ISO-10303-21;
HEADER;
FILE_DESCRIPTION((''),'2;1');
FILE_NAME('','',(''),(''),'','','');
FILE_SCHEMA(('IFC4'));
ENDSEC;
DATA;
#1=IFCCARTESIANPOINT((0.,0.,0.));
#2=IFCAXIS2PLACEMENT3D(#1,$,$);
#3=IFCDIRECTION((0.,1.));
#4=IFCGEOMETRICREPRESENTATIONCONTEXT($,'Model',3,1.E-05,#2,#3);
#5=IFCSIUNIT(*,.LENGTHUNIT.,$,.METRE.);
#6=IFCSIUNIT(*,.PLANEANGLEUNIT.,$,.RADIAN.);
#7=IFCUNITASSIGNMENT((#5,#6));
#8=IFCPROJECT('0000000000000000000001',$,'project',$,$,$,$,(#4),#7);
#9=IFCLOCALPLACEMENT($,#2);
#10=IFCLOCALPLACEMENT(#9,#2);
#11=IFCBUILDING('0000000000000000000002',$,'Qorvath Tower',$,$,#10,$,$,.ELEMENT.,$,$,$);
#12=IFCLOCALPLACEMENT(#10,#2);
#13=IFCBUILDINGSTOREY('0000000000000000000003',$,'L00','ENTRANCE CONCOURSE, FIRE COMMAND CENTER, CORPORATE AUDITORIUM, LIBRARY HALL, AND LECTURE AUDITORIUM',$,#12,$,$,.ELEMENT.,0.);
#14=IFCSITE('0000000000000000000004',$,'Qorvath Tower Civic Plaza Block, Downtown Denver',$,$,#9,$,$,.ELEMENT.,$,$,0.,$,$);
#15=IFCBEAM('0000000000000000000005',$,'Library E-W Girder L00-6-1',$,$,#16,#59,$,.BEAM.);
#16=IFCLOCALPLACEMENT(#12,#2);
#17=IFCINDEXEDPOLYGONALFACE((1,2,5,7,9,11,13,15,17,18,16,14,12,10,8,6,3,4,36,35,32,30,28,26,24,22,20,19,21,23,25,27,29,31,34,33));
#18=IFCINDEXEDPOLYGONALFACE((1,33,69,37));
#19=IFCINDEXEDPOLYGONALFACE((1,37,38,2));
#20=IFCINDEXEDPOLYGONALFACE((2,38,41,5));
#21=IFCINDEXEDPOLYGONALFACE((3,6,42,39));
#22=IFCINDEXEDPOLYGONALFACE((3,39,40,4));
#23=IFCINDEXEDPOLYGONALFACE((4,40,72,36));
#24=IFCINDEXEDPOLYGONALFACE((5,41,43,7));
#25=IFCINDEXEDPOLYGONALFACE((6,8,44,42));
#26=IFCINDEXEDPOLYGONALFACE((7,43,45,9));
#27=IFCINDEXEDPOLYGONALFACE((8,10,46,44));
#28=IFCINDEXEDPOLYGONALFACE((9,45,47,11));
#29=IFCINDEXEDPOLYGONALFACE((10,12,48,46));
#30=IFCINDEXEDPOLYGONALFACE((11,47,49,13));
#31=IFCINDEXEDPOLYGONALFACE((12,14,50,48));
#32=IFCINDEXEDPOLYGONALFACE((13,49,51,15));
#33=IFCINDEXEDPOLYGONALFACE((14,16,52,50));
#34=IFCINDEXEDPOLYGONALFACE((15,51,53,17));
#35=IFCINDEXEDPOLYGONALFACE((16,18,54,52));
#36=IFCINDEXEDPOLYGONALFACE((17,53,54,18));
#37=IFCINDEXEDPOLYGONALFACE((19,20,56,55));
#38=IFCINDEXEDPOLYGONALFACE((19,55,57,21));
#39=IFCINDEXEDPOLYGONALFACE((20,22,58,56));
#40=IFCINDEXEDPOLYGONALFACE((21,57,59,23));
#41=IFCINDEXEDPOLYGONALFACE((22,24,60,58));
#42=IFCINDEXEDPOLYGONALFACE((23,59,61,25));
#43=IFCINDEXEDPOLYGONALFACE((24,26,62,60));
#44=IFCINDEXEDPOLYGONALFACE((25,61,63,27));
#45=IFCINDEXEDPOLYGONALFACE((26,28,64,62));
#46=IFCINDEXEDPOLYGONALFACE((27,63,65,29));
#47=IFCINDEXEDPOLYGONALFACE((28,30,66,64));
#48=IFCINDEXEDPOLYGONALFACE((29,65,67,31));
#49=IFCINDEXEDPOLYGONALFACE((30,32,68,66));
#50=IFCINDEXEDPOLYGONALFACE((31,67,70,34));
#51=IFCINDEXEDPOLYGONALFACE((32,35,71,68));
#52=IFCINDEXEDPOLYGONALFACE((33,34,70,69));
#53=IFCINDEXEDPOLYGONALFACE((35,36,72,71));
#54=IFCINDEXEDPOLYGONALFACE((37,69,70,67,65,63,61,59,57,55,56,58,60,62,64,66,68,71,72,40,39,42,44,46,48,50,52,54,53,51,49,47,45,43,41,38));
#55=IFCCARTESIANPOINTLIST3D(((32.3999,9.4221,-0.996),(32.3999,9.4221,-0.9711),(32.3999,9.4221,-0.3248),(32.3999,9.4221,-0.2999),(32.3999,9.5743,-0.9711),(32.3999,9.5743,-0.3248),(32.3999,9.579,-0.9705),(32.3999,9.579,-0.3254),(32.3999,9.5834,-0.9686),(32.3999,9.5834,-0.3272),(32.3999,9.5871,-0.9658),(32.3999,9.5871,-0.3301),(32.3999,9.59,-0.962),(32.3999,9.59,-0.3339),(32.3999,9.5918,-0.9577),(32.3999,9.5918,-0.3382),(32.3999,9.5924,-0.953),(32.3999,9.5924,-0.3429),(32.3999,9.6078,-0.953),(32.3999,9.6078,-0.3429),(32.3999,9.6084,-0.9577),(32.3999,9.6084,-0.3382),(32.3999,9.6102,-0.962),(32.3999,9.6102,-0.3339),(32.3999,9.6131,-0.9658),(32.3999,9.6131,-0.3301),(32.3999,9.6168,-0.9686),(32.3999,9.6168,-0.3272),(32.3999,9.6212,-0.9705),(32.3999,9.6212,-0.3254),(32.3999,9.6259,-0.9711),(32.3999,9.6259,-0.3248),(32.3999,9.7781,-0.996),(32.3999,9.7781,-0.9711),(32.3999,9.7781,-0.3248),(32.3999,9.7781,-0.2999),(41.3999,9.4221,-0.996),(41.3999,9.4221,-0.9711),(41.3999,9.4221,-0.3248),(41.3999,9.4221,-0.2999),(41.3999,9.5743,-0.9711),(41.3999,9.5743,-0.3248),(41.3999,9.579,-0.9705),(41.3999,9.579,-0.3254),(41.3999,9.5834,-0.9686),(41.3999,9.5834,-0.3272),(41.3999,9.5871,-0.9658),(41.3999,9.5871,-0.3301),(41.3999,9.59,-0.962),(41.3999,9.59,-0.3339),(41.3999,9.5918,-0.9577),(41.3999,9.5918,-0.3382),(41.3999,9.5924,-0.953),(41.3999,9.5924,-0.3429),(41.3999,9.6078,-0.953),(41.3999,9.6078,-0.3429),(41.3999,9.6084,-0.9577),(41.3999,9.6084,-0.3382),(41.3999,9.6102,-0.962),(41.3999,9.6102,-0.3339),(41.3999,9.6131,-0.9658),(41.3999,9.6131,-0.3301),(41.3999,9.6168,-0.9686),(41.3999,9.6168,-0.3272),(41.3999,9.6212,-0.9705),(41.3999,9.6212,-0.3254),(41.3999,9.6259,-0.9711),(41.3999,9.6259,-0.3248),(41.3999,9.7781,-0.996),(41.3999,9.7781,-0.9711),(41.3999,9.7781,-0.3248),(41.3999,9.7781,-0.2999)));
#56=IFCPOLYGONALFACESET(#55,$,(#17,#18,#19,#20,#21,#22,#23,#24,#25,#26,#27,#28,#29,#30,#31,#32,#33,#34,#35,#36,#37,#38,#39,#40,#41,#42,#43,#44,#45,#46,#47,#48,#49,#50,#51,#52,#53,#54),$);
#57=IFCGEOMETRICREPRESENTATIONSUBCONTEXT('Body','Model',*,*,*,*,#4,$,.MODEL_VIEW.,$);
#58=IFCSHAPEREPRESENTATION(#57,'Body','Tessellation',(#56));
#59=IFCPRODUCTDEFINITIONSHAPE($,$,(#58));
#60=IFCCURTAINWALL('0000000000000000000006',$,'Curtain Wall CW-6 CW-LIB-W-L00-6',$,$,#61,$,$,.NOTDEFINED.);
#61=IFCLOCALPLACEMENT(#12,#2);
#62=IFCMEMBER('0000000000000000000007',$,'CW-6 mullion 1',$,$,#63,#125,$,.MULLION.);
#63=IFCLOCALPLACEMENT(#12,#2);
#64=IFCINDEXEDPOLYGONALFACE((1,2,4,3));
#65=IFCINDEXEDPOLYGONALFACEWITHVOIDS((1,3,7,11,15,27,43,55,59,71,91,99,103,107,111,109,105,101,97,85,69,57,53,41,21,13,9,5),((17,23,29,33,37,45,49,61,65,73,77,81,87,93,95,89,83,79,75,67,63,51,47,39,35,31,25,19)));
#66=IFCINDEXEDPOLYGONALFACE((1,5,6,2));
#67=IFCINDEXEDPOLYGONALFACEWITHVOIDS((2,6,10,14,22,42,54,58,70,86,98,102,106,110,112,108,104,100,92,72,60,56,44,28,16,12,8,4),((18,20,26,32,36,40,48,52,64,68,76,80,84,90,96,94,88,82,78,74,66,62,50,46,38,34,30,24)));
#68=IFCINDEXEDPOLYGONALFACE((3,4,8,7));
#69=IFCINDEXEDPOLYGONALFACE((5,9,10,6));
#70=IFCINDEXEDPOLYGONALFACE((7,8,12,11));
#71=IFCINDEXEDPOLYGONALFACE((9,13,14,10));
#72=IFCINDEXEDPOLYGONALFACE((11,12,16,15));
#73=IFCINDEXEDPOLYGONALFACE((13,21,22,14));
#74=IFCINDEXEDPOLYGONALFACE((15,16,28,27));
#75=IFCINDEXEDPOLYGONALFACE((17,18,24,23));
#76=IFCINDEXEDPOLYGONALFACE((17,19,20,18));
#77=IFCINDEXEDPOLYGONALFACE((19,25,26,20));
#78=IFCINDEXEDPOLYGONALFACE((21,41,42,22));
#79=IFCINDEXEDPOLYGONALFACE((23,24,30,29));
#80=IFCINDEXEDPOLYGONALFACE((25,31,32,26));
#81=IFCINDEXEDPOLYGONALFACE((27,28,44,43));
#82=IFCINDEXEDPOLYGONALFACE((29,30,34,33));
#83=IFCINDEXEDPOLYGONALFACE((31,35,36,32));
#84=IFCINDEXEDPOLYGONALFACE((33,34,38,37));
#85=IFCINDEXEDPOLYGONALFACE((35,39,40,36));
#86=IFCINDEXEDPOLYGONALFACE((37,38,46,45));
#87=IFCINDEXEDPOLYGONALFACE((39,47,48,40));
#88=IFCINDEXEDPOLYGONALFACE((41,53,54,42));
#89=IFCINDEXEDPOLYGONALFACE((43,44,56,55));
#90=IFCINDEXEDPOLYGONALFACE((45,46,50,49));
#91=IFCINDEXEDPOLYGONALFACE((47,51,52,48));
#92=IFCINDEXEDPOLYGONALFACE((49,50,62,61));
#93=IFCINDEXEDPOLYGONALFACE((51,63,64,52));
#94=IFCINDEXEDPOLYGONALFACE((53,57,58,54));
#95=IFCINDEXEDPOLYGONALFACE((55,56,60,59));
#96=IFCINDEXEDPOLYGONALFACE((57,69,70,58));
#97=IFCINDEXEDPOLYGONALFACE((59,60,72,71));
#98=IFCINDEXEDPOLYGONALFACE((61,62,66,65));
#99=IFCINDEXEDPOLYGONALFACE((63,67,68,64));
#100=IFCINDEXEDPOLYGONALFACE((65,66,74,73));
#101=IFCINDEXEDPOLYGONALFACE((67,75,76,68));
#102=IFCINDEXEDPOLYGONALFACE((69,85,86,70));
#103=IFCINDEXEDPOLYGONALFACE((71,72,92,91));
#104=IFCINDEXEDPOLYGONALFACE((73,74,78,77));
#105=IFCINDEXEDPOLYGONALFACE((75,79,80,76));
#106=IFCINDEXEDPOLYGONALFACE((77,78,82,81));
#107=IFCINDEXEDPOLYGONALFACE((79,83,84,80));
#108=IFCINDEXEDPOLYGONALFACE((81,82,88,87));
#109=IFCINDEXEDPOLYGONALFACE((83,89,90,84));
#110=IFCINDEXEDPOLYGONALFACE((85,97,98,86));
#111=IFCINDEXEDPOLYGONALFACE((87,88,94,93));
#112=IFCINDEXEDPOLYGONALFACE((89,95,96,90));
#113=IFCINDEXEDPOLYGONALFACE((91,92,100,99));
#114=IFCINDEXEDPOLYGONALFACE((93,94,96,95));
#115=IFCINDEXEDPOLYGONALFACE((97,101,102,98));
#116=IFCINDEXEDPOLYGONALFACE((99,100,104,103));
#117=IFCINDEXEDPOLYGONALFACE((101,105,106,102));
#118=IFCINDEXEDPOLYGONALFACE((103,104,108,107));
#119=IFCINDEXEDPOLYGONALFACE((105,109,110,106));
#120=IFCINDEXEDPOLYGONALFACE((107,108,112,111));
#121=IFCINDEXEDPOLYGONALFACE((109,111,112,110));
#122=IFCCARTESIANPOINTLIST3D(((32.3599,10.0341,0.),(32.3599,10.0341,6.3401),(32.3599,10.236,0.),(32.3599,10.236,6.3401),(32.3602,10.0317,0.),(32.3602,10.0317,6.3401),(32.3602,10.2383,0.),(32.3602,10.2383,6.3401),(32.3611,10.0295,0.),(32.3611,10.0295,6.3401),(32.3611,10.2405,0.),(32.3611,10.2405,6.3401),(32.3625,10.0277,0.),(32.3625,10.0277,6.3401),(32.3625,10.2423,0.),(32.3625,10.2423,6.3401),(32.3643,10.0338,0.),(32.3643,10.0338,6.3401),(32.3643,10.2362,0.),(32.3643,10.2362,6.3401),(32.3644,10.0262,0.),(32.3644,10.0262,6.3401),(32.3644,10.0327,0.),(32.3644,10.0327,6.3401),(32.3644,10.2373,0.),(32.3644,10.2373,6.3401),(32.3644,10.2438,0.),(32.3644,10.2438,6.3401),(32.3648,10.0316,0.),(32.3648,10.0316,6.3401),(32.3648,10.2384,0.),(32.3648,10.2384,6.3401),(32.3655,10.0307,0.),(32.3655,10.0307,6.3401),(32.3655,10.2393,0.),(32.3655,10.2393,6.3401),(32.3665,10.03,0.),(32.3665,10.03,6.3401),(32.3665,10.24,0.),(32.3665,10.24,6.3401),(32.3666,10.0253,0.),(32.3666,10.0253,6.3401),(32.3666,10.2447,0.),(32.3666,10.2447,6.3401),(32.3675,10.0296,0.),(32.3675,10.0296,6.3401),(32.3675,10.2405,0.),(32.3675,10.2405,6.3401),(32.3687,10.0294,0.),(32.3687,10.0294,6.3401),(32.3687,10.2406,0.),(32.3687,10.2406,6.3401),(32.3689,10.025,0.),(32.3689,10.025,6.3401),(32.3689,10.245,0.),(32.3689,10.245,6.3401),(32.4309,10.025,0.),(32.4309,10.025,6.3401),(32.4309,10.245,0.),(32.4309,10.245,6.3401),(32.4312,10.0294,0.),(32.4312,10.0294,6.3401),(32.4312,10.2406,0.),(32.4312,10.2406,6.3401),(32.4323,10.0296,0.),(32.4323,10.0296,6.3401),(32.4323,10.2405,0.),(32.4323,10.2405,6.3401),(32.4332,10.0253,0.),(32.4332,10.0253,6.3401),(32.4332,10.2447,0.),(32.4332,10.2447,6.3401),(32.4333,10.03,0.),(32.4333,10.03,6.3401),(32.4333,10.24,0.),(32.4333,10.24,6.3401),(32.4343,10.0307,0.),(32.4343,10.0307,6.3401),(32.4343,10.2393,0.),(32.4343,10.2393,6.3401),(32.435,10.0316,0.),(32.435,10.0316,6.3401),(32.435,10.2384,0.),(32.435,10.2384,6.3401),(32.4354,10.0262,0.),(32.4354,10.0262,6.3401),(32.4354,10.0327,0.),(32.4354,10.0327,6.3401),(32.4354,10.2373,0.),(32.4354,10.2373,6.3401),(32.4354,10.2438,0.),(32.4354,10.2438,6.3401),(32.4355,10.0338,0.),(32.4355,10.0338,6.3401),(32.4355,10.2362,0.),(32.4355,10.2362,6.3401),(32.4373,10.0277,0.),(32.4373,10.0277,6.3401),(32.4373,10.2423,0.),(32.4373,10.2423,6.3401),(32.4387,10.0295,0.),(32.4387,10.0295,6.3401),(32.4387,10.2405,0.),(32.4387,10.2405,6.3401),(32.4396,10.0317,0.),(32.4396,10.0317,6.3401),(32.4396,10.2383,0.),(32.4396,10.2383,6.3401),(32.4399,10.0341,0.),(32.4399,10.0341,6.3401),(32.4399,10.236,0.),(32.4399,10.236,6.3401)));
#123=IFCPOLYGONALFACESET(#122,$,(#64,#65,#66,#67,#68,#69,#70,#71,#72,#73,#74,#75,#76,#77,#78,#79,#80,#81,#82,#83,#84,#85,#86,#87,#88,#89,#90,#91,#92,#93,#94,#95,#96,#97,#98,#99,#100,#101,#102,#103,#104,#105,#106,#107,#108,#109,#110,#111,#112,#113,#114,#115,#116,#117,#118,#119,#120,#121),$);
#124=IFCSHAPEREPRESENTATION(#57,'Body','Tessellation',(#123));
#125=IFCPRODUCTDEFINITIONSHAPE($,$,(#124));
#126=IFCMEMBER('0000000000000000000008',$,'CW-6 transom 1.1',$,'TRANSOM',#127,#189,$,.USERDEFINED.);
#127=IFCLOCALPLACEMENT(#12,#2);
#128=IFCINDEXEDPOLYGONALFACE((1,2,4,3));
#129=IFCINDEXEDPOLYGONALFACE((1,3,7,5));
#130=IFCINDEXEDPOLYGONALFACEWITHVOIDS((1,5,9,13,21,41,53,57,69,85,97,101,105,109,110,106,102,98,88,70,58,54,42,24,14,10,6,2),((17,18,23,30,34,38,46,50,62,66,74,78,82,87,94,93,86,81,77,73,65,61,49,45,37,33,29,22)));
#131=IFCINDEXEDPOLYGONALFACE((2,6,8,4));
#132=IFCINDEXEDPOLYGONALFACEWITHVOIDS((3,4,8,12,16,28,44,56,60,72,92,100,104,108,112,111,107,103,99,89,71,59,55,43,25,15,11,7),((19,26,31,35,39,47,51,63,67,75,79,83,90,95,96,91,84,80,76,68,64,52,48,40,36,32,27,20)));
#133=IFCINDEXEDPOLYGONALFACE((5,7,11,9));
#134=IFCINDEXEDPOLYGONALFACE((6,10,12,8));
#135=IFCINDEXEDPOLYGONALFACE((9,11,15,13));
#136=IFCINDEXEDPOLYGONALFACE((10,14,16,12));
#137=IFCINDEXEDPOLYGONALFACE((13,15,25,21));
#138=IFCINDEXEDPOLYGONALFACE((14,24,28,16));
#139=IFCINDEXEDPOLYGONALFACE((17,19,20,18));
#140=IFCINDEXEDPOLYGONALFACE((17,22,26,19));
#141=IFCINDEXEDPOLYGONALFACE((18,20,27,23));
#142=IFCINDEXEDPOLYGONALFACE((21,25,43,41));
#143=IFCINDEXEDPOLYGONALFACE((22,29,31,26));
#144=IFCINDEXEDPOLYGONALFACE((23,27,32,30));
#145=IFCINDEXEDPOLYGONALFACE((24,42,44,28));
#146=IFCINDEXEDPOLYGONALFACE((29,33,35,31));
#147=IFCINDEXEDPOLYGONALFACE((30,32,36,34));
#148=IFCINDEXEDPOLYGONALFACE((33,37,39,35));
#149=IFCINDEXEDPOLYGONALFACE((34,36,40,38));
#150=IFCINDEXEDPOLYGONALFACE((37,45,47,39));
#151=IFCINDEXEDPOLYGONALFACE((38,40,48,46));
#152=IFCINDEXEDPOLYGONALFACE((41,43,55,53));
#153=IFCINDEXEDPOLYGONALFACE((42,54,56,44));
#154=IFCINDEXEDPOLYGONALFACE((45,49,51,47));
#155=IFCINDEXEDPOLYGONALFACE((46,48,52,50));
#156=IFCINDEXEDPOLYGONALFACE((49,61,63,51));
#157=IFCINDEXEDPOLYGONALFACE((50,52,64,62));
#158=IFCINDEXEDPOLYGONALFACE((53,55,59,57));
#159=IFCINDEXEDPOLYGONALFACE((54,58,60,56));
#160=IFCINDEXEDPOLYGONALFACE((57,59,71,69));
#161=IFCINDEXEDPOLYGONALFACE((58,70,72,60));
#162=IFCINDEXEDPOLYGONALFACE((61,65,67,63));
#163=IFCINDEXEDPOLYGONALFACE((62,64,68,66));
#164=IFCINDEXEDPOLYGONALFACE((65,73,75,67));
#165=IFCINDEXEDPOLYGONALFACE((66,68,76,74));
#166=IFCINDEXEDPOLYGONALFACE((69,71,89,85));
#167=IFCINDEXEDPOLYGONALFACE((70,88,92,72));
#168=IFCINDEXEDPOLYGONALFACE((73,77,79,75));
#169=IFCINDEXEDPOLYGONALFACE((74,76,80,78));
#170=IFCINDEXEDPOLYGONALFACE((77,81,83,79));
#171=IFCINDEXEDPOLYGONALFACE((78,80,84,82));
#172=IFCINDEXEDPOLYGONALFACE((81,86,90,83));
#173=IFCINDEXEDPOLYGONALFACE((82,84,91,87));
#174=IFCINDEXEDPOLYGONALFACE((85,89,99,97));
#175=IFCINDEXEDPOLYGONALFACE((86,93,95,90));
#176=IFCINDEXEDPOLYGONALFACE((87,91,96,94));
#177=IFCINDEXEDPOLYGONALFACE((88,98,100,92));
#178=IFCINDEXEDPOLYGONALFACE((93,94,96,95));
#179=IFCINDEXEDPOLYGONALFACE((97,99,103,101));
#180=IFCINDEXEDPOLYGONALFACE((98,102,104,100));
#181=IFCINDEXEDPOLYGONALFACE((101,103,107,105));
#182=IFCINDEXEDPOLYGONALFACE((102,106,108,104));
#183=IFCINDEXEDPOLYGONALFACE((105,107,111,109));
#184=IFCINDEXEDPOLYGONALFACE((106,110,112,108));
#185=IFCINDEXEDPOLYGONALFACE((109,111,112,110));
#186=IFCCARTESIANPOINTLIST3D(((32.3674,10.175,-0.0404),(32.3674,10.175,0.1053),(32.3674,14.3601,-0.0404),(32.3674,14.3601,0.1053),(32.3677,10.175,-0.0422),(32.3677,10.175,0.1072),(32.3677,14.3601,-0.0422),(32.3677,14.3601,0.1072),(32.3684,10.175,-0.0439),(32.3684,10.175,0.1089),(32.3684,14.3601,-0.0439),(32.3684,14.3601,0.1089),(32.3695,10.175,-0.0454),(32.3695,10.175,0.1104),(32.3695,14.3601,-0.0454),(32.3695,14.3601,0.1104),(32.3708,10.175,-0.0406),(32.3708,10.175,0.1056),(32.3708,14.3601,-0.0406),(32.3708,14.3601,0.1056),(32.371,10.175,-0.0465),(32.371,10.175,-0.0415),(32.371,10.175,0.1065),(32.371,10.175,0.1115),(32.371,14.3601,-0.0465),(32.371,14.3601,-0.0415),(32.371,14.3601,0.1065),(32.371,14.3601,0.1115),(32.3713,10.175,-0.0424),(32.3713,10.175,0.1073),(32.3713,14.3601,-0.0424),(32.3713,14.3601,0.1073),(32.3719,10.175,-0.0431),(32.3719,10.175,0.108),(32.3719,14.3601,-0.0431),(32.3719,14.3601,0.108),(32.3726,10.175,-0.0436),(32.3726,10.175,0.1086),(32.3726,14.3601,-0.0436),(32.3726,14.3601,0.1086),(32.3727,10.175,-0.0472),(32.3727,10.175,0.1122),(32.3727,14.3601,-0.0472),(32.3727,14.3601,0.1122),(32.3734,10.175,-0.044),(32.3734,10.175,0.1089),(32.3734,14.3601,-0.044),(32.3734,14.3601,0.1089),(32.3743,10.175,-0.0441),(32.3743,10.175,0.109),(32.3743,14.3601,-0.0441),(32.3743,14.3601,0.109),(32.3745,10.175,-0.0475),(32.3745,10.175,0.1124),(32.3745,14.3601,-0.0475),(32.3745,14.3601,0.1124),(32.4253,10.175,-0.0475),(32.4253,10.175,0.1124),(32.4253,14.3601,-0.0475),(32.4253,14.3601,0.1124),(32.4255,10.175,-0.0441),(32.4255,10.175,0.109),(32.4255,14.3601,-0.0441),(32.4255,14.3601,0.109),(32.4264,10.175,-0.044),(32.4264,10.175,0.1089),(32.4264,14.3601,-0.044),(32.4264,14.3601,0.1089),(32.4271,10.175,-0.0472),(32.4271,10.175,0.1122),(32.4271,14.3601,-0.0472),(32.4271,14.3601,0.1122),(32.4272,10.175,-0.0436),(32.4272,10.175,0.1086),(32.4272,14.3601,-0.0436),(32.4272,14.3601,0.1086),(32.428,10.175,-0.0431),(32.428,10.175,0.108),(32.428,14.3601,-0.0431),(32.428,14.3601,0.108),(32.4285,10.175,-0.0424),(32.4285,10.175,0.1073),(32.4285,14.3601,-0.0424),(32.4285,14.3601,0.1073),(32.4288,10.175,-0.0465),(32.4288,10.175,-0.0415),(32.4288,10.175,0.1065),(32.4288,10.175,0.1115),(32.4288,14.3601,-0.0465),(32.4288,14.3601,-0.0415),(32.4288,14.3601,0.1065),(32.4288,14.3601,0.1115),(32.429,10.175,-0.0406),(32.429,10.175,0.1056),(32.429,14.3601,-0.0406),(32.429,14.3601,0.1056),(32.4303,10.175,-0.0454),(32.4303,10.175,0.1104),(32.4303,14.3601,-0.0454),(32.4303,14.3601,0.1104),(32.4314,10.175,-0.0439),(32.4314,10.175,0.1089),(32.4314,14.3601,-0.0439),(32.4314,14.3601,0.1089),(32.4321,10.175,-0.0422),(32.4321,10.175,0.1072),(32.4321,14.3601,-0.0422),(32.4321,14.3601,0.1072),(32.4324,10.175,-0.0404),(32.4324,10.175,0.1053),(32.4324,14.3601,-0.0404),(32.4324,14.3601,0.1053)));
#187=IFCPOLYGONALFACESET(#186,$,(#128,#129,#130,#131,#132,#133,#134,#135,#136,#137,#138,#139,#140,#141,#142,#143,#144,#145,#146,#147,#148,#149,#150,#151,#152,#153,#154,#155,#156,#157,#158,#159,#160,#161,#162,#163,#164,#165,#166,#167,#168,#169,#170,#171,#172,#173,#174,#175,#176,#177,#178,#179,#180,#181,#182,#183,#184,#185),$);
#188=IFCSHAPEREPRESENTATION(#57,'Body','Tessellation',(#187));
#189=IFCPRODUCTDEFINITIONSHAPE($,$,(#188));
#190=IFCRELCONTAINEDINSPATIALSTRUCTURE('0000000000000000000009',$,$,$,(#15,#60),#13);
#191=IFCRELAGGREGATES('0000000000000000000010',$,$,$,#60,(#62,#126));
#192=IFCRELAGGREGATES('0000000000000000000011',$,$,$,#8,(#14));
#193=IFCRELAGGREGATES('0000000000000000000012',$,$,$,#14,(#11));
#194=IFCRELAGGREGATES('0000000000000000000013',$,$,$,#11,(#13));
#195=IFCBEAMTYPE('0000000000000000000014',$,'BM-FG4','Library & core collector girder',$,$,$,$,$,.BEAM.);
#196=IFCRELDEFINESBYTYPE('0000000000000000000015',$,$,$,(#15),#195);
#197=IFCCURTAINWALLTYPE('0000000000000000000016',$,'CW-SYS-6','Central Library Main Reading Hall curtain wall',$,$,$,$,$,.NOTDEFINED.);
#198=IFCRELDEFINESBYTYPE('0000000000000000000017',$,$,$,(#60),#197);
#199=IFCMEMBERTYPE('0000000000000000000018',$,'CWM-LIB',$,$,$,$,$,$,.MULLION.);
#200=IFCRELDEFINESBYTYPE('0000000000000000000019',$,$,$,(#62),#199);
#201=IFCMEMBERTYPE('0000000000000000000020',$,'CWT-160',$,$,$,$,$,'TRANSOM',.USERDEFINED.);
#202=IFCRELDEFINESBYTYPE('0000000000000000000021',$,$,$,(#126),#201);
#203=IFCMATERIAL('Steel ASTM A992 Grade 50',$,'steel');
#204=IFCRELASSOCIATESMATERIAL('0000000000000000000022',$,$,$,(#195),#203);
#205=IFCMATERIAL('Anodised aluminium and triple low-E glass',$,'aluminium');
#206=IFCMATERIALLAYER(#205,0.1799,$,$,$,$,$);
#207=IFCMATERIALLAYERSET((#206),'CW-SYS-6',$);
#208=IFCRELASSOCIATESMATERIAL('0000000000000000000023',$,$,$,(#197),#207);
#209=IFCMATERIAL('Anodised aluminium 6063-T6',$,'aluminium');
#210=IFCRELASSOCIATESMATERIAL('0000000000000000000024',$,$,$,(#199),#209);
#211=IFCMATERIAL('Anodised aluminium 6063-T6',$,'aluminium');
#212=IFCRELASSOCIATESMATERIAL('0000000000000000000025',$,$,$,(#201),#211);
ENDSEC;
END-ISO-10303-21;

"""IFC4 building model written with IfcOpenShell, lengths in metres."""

from ifc_helpers import new_model, si_unit, direction, frame, origin, origin_2d, place, context, subcontext, project, spatial, hollow_rectangle, i_section, extrude, material, layer, layer_set, material_profile, profile_set, type_object, element, aggregate, save


model = new_model("IFC4")

# Units and contexts
model_context = context("Model", 3, precision=1e-05, world=origin(), true_north=direction((0.0, 1.0)))
body_context = subcontext(model_context, "Body", "Model", "MODEL_VIEW")
ifc_project = project(units=[si_unit("LENGTHUNIT", "METRE"), si_unit("PLANEANGLEUNIT", "RADIAN")], contexts=[model_context])

# Site, building, storey
site_placement = place(None, origin())
site = spatial("IfcSite", under=ifc_project, at=site_placement, Name="Qorvath Tower Civic Plaza Block, Downtown Denver", CompositionType="ELEMENT", RefElevation=0.0)
building_placement = place(site_placement, origin())
building = spatial("IfcBuilding", under=site, at=building_placement, Name="Qorvath Tower", CompositionType="ELEMENT")
storey_placement = place(building_placement, origin())
storey = spatial("IfcBuildingStorey", under=building, at=storey_placement, Name="L00", Description="ENTRANCE CONCOURSE, FIRE COMMAND CENTER, CORPORATE AUDITORIUM, LIBRARY HALL, AND LECTURE AUDITORIUM", CompositionType="ELEMENT", Elevation=0.0)

# Beam
ifc_material_1 = material(Name="Steel ASTM A992 Grade 50", Category="steel")
ifc_material_profile_1 = material_profile(ifc_material_1, i_section(OverallWidth=0.356, OverallDepth=0.696, WebThickness=0.0154, FlangeThickness=0.0249, FilletRadius=0.0181, at=origin_2d()), Name="W27x146")
ifc_profile_set_1 = profile_set([ifc_material_profile_1], Name="Steel ASTM A992 Grade 50")
beam_type_1 = type_object("IfcBeamType", Name="BM-FG4", Description="Library & core collector girder", PredefinedType="BEAM", material=ifc_profile_set_1)
for number, where, z_axis, x_axis, name in (
    (1, (32.3999, 9.6001, -0.6479), (1.0, 0.0, 0.0), (0.0, 1.0, 0.0), "Library E-W Girder L00-6-1"),
):
    element("IfcBeam", number, at=place(storey_placement, frame(where, z_axis=z_axis, x_axis=x_axis)), inside=storey, type_object=beam_type_1, Name=name, PredefinedType="BEAM", context=body_context, shape_type="SweptSolid", body=[
        extrude(i_section(OverallWidth=0.356, OverallDepth=0.696, WebThickness=0.0154, FlangeThickness=0.0249, FilletRadius=0.0181, at=origin_2d()), origin(), (0.0, 0.0, 1.0), 9.0),
    ])

# Curtain wall, members
ifc_material_2 = material(Name="Anodised aluminium and triple low-E glass", Category="aluminium")
ifc_layer_1 = layer(ifc_material_2, 0.1799)
ifc_layer_set_1 = layer_set([ifc_layer_1], Name="CW-SYS-6")
curtain_wall_type = type_object("IfcCurtainWallType", Name="CW-SYS-6", Description="Central Library Main Reading Hall curtain wall", PredefinedType="NOTDEFINED", material=ifc_layer_set_1)
curtain_wall_placement = place(storey_placement, origin())
curtain_wall = element("IfcCurtainWall", 2, at=curtain_wall_placement, inside=storey, type_object=curtain_wall_type, Name="Curtain Wall CW-6 CW-LIB-W-L00-6", PredefinedType="NOTDEFINED")
ifc_material_3 = material(Name="Anodised aluminium 6063-T6", Category="aluminium")
ifc_material_profile_2 = material_profile(ifc_material_3, hollow_rectangle(XDim=0.0801, YDim=0.22, WallThickness=0.0044, InnerFilletRadius=0.0044, OuterFilletRadius=0.009, at=origin_2d()), Name="CWM LIB 220x80")
ifc_profile_set_2 = profile_set([ifc_material_profile_2], Name="Anodised aluminium 6063-T6")
member_type_1 = type_object("IfcMemberType", Name="CWM-LIB", PredefinedType="MULLION", material=ifc_profile_set_2)
member_1_placement = place(storey_placement, frame((32.3999, 10.135, 0.0), z_axis=(0.0, 0.0, 1.0), x_axis=(-1.0, 0.0, 0.0)))
member_1 = element("IfcMember", 3, at=member_1_placement, type_object=member_type_1, Name="CW-6 mullion 1", PredefinedType="MULLION", context=body_context, shape_type="SweptSolid", body=[
    extrude(hollow_rectangle(XDim=0.0801, YDim=0.22, WallThickness=0.0044, InnerFilletRadius=0.0044, OuterFilletRadius=0.009, at=origin_2d()), origin(), (0.0, 0.0, 1.0), 6.3401),
])
ifc_material_4 = material(Name="Anodised aluminium 6063-T6", Category="aluminium")
ifc_material_profile_3 = material_profile(ifc_material_4, hollow_rectangle(XDim=0.0649, YDim=0.1599, WallThickness=0.0034, InnerFilletRadius=0.0034, OuterFilletRadius=0.0071, at=origin_2d()), Name="CWT 160x65")
ifc_profile_set_3 = profile_set([ifc_material_profile_3], Name="Anodised aluminium 6063-T6")
member_type_2 = type_object("IfcMemberType", Name="CWT-160", ElementType="TRANSOM", PredefinedType="USERDEFINED", material=ifc_profile_set_3)
member_2_placement = place(storey_placement, frame((32.3999, 10.175, 0.0325), z_axis=(0.0, 1.0, 0.0), x_axis=(-1.0, 0.0, 0.0)))
member_2 = element("IfcMember", 4, at=member_2_placement, type_object=member_type_2, Name="CW-6 transom 1.1", ObjectType="TRANSOM", PredefinedType="USERDEFINED", context=body_context, shape_type="SweptSolid", body=[
    extrude(hollow_rectangle(XDim=0.0649, YDim=0.1599, WallThickness=0.0034, InnerFilletRadius=0.0034, OuterFilletRadius=0.0071, at=origin_2d()), origin(), (0.0, 0.0, 1.0), 4.1851),
])

aggregate(curtain_wall, [member_1, member_2])

save(model, "model.ifc")
